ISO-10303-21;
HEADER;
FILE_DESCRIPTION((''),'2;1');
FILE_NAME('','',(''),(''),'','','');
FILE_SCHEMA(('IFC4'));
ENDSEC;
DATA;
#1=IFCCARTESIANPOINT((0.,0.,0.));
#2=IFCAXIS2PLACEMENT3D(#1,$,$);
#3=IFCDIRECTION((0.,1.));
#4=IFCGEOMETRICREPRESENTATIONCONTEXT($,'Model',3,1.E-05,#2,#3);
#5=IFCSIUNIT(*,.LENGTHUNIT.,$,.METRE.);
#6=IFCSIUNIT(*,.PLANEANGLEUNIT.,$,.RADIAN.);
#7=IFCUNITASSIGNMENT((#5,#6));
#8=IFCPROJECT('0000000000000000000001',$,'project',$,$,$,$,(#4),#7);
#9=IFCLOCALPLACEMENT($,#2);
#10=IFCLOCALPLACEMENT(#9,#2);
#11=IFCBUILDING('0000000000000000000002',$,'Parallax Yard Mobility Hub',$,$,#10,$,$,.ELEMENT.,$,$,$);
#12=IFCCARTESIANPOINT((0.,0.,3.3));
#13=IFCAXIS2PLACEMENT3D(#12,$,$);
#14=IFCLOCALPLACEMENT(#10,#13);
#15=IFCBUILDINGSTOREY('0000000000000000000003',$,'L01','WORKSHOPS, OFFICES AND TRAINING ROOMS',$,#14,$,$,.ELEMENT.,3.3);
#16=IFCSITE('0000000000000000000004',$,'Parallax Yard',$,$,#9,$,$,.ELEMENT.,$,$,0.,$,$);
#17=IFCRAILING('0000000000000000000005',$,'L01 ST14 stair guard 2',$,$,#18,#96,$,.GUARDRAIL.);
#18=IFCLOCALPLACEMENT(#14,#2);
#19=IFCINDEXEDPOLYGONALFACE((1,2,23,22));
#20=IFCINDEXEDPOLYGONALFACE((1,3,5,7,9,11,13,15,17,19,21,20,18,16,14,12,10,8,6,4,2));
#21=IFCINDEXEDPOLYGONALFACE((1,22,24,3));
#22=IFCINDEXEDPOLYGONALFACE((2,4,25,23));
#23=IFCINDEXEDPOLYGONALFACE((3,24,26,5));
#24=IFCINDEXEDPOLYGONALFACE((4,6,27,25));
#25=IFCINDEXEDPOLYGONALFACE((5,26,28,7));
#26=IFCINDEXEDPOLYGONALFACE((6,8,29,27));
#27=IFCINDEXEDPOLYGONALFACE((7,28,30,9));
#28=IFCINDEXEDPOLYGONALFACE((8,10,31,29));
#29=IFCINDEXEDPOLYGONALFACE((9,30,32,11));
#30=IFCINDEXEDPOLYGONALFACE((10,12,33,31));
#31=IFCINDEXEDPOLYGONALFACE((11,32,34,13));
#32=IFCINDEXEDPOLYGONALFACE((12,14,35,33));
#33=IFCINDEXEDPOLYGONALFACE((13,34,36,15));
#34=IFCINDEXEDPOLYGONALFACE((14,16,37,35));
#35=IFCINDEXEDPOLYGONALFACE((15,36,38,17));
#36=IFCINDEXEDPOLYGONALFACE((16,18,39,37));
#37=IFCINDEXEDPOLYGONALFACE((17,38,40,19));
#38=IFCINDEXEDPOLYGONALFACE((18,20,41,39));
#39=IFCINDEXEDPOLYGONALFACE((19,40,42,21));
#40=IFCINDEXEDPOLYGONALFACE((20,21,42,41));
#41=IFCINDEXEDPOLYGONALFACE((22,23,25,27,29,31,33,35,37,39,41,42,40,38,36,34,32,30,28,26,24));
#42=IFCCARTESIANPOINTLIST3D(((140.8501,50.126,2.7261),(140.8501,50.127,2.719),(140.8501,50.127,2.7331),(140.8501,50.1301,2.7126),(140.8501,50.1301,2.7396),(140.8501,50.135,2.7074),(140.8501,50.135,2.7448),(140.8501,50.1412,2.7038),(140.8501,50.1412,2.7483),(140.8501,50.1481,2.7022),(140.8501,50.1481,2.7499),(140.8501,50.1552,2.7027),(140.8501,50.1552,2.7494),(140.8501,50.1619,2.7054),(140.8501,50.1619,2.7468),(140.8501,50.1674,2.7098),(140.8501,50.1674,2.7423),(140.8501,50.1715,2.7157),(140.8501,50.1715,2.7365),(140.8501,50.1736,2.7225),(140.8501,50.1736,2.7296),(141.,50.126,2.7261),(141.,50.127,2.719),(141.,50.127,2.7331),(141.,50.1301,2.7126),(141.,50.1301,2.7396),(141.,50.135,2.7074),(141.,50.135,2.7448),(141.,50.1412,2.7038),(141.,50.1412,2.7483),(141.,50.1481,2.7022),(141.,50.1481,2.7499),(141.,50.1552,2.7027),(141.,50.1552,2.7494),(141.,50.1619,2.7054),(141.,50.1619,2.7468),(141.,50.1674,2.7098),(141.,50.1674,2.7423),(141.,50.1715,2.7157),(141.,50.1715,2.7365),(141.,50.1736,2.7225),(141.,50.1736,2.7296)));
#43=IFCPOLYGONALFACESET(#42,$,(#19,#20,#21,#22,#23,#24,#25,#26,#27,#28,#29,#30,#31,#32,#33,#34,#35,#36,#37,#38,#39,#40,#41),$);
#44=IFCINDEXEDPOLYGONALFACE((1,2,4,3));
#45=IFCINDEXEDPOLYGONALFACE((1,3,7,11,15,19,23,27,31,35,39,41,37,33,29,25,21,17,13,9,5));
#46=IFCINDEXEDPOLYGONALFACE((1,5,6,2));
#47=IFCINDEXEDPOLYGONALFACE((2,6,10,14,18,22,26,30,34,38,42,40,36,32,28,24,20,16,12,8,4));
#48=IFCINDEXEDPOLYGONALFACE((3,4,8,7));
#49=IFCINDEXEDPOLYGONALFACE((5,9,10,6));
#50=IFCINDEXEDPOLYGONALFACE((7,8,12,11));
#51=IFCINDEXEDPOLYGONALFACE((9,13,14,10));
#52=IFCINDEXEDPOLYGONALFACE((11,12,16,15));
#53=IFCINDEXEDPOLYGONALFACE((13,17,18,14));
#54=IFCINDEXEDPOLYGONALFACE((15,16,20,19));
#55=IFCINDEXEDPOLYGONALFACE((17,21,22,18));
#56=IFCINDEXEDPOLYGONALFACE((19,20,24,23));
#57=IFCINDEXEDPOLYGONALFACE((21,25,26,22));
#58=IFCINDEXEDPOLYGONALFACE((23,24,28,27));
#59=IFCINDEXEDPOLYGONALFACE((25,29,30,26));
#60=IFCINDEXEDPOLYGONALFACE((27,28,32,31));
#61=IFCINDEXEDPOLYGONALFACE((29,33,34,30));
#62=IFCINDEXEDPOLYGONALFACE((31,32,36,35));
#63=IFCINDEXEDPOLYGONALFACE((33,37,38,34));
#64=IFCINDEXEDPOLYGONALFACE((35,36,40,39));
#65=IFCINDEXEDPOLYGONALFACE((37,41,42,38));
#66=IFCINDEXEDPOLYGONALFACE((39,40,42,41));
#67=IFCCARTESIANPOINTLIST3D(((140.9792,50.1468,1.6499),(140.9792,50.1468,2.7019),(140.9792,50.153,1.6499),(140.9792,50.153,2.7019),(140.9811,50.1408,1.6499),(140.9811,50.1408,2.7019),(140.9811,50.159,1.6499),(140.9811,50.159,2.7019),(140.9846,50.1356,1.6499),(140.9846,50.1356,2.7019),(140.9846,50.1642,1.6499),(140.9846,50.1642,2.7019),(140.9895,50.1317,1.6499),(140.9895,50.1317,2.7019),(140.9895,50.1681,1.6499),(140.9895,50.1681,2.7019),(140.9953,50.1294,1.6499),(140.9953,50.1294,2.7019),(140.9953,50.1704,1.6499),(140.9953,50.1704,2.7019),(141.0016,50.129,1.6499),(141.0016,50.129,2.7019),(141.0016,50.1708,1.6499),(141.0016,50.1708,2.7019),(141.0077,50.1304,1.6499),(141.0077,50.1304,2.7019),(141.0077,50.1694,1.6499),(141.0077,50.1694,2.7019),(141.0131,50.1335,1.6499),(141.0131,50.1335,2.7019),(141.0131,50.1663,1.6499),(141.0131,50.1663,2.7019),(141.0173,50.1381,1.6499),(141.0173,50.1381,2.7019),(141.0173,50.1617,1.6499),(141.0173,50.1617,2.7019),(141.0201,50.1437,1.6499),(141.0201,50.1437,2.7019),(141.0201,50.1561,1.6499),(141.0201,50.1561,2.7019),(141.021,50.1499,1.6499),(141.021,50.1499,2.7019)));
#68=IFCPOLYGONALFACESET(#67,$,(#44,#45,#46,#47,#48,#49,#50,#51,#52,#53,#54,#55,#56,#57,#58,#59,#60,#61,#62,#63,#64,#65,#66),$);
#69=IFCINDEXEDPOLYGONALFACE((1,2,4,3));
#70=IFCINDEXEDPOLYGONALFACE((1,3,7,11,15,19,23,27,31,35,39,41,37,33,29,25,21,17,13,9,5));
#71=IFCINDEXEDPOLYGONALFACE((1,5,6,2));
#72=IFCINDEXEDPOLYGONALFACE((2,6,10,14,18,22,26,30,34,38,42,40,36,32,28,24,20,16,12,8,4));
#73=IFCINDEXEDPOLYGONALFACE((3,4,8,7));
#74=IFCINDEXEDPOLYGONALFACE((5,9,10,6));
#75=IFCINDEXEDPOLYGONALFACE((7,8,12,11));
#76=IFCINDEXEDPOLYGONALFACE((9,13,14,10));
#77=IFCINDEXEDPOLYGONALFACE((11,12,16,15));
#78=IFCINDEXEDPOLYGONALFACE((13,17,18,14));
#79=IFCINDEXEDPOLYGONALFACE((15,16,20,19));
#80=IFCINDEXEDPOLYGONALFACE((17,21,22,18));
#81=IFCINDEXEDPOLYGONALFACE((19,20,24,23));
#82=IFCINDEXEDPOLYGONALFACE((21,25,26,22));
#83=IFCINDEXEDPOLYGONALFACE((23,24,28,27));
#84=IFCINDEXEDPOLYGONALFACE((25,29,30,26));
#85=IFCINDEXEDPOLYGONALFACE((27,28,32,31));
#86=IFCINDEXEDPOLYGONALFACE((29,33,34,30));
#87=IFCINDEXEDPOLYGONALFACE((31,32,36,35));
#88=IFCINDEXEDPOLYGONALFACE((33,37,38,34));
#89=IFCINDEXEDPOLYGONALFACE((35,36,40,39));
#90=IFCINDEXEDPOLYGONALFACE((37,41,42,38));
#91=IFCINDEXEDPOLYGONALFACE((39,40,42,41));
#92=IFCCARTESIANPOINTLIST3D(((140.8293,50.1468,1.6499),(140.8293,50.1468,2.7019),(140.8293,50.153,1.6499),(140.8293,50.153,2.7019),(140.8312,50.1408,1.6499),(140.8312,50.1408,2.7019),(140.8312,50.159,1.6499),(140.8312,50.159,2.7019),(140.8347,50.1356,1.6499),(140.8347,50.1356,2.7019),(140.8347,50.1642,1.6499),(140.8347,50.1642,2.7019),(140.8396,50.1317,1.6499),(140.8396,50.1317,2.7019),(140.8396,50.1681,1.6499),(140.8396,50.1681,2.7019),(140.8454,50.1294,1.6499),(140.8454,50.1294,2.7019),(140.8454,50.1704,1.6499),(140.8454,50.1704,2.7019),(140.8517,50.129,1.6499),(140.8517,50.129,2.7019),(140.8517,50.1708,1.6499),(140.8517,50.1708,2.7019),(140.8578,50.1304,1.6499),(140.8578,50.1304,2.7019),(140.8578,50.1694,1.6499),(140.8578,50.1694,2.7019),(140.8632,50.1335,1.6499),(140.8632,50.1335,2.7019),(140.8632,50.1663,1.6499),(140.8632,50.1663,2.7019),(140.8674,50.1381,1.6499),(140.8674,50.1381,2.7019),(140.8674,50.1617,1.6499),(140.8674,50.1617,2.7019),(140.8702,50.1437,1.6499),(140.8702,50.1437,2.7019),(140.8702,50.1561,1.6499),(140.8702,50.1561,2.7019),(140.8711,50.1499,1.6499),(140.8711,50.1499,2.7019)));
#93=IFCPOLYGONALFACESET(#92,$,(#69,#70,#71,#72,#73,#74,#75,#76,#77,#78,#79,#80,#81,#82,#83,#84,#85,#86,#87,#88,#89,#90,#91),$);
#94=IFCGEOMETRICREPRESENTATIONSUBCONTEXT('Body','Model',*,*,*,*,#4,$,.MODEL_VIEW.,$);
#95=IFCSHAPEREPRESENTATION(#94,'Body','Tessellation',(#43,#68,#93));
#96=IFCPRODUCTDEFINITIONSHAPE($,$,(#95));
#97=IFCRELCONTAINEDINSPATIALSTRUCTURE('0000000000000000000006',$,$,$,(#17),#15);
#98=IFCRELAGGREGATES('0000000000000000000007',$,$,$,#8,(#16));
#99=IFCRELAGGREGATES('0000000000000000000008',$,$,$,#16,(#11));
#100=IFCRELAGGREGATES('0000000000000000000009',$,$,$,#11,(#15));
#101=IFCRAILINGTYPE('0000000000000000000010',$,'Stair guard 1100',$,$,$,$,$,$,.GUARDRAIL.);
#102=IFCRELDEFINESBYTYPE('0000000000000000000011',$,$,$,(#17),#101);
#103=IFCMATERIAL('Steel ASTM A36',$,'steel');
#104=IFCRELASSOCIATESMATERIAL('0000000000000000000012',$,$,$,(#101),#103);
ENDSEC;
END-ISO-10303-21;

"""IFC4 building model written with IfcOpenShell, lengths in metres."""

from ifc_helpers import new_model, si_unit, direction, frame, origin, origin_2d, place, context, subcontext, project, spatial, circle, extrude, material, type_object, element, save


model = new_model("IFC4")

# Units and contexts
model_context = context("Model", 3, precision=1e-05, world=origin(), true_north=direction((0.0, 1.0)))
body_context = subcontext(model_context, "Body", "Model", "MODEL_VIEW")
ifc_project = project(units=[si_unit("LENGTHUNIT", "METRE"), si_unit("PLANEANGLEUNIT", "RADIAN")], contexts=[model_context])

# Site, building, storey
site_placement = place(None, origin())
site = spatial("IfcSite", under=ifc_project, at=site_placement, Name="Parallax Yard", CompositionType="ELEMENT", RefElevation=0.0)
building_placement = place(site_placement, origin())
building = spatial("IfcBuilding", under=site, at=building_placement, Name="Parallax Yard Mobility Hub", CompositionType="ELEMENT")
storey_placement = place(building_placement, frame((0.0, 0.0, 3.3)))
storey = spatial("IfcBuildingStorey", under=building, at=storey_placement, Name="L01", Description="WORKSHOPS, OFFICES AND TRAINING ROOMS", CompositionType="ELEMENT", Elevation=3.3)

# Railing
ifc_material_1 = material(Name="Steel ASTM A36", Category="steel")
railing_type_1 = type_object("IfcRailingType", Name="Stair guard 1100", PredefinedType="GUARDRAIL", material=ifc_material_1)
railing_1_placement = place(storey_placement, frame((141.0, 50.1499, 1.6499)))
element("IfcRailing", 1, at=railing_1_placement, inside=storey, type_object=railing_type_1, Name="L01 ST14 stair guard 2", PredefinedType="GUARDRAIL", context=body_context, shape_type="SweptSolid", body=[
    extrude(circle(Radius=0.0239, at=origin_2d()), frame((0.0, 0.0, 1.0762), z_axis=(-1.0, 0.0, 0.0), x_axis=(0.0, -1.0, 0.0)), (0.0, 0.0, 1.0), 0.1499),
    extrude(circle(Radius=0.021, at=origin_2d()), origin(), (0.0, 0.0, 1.0), 1.052),
    extrude(circle(Radius=0.021, at=origin_2d()), frame((-0.1499, 0.0, 0.0)), (0.0, 0.0, 1.0), 1.052),
])

save(model, "model.ifc")
